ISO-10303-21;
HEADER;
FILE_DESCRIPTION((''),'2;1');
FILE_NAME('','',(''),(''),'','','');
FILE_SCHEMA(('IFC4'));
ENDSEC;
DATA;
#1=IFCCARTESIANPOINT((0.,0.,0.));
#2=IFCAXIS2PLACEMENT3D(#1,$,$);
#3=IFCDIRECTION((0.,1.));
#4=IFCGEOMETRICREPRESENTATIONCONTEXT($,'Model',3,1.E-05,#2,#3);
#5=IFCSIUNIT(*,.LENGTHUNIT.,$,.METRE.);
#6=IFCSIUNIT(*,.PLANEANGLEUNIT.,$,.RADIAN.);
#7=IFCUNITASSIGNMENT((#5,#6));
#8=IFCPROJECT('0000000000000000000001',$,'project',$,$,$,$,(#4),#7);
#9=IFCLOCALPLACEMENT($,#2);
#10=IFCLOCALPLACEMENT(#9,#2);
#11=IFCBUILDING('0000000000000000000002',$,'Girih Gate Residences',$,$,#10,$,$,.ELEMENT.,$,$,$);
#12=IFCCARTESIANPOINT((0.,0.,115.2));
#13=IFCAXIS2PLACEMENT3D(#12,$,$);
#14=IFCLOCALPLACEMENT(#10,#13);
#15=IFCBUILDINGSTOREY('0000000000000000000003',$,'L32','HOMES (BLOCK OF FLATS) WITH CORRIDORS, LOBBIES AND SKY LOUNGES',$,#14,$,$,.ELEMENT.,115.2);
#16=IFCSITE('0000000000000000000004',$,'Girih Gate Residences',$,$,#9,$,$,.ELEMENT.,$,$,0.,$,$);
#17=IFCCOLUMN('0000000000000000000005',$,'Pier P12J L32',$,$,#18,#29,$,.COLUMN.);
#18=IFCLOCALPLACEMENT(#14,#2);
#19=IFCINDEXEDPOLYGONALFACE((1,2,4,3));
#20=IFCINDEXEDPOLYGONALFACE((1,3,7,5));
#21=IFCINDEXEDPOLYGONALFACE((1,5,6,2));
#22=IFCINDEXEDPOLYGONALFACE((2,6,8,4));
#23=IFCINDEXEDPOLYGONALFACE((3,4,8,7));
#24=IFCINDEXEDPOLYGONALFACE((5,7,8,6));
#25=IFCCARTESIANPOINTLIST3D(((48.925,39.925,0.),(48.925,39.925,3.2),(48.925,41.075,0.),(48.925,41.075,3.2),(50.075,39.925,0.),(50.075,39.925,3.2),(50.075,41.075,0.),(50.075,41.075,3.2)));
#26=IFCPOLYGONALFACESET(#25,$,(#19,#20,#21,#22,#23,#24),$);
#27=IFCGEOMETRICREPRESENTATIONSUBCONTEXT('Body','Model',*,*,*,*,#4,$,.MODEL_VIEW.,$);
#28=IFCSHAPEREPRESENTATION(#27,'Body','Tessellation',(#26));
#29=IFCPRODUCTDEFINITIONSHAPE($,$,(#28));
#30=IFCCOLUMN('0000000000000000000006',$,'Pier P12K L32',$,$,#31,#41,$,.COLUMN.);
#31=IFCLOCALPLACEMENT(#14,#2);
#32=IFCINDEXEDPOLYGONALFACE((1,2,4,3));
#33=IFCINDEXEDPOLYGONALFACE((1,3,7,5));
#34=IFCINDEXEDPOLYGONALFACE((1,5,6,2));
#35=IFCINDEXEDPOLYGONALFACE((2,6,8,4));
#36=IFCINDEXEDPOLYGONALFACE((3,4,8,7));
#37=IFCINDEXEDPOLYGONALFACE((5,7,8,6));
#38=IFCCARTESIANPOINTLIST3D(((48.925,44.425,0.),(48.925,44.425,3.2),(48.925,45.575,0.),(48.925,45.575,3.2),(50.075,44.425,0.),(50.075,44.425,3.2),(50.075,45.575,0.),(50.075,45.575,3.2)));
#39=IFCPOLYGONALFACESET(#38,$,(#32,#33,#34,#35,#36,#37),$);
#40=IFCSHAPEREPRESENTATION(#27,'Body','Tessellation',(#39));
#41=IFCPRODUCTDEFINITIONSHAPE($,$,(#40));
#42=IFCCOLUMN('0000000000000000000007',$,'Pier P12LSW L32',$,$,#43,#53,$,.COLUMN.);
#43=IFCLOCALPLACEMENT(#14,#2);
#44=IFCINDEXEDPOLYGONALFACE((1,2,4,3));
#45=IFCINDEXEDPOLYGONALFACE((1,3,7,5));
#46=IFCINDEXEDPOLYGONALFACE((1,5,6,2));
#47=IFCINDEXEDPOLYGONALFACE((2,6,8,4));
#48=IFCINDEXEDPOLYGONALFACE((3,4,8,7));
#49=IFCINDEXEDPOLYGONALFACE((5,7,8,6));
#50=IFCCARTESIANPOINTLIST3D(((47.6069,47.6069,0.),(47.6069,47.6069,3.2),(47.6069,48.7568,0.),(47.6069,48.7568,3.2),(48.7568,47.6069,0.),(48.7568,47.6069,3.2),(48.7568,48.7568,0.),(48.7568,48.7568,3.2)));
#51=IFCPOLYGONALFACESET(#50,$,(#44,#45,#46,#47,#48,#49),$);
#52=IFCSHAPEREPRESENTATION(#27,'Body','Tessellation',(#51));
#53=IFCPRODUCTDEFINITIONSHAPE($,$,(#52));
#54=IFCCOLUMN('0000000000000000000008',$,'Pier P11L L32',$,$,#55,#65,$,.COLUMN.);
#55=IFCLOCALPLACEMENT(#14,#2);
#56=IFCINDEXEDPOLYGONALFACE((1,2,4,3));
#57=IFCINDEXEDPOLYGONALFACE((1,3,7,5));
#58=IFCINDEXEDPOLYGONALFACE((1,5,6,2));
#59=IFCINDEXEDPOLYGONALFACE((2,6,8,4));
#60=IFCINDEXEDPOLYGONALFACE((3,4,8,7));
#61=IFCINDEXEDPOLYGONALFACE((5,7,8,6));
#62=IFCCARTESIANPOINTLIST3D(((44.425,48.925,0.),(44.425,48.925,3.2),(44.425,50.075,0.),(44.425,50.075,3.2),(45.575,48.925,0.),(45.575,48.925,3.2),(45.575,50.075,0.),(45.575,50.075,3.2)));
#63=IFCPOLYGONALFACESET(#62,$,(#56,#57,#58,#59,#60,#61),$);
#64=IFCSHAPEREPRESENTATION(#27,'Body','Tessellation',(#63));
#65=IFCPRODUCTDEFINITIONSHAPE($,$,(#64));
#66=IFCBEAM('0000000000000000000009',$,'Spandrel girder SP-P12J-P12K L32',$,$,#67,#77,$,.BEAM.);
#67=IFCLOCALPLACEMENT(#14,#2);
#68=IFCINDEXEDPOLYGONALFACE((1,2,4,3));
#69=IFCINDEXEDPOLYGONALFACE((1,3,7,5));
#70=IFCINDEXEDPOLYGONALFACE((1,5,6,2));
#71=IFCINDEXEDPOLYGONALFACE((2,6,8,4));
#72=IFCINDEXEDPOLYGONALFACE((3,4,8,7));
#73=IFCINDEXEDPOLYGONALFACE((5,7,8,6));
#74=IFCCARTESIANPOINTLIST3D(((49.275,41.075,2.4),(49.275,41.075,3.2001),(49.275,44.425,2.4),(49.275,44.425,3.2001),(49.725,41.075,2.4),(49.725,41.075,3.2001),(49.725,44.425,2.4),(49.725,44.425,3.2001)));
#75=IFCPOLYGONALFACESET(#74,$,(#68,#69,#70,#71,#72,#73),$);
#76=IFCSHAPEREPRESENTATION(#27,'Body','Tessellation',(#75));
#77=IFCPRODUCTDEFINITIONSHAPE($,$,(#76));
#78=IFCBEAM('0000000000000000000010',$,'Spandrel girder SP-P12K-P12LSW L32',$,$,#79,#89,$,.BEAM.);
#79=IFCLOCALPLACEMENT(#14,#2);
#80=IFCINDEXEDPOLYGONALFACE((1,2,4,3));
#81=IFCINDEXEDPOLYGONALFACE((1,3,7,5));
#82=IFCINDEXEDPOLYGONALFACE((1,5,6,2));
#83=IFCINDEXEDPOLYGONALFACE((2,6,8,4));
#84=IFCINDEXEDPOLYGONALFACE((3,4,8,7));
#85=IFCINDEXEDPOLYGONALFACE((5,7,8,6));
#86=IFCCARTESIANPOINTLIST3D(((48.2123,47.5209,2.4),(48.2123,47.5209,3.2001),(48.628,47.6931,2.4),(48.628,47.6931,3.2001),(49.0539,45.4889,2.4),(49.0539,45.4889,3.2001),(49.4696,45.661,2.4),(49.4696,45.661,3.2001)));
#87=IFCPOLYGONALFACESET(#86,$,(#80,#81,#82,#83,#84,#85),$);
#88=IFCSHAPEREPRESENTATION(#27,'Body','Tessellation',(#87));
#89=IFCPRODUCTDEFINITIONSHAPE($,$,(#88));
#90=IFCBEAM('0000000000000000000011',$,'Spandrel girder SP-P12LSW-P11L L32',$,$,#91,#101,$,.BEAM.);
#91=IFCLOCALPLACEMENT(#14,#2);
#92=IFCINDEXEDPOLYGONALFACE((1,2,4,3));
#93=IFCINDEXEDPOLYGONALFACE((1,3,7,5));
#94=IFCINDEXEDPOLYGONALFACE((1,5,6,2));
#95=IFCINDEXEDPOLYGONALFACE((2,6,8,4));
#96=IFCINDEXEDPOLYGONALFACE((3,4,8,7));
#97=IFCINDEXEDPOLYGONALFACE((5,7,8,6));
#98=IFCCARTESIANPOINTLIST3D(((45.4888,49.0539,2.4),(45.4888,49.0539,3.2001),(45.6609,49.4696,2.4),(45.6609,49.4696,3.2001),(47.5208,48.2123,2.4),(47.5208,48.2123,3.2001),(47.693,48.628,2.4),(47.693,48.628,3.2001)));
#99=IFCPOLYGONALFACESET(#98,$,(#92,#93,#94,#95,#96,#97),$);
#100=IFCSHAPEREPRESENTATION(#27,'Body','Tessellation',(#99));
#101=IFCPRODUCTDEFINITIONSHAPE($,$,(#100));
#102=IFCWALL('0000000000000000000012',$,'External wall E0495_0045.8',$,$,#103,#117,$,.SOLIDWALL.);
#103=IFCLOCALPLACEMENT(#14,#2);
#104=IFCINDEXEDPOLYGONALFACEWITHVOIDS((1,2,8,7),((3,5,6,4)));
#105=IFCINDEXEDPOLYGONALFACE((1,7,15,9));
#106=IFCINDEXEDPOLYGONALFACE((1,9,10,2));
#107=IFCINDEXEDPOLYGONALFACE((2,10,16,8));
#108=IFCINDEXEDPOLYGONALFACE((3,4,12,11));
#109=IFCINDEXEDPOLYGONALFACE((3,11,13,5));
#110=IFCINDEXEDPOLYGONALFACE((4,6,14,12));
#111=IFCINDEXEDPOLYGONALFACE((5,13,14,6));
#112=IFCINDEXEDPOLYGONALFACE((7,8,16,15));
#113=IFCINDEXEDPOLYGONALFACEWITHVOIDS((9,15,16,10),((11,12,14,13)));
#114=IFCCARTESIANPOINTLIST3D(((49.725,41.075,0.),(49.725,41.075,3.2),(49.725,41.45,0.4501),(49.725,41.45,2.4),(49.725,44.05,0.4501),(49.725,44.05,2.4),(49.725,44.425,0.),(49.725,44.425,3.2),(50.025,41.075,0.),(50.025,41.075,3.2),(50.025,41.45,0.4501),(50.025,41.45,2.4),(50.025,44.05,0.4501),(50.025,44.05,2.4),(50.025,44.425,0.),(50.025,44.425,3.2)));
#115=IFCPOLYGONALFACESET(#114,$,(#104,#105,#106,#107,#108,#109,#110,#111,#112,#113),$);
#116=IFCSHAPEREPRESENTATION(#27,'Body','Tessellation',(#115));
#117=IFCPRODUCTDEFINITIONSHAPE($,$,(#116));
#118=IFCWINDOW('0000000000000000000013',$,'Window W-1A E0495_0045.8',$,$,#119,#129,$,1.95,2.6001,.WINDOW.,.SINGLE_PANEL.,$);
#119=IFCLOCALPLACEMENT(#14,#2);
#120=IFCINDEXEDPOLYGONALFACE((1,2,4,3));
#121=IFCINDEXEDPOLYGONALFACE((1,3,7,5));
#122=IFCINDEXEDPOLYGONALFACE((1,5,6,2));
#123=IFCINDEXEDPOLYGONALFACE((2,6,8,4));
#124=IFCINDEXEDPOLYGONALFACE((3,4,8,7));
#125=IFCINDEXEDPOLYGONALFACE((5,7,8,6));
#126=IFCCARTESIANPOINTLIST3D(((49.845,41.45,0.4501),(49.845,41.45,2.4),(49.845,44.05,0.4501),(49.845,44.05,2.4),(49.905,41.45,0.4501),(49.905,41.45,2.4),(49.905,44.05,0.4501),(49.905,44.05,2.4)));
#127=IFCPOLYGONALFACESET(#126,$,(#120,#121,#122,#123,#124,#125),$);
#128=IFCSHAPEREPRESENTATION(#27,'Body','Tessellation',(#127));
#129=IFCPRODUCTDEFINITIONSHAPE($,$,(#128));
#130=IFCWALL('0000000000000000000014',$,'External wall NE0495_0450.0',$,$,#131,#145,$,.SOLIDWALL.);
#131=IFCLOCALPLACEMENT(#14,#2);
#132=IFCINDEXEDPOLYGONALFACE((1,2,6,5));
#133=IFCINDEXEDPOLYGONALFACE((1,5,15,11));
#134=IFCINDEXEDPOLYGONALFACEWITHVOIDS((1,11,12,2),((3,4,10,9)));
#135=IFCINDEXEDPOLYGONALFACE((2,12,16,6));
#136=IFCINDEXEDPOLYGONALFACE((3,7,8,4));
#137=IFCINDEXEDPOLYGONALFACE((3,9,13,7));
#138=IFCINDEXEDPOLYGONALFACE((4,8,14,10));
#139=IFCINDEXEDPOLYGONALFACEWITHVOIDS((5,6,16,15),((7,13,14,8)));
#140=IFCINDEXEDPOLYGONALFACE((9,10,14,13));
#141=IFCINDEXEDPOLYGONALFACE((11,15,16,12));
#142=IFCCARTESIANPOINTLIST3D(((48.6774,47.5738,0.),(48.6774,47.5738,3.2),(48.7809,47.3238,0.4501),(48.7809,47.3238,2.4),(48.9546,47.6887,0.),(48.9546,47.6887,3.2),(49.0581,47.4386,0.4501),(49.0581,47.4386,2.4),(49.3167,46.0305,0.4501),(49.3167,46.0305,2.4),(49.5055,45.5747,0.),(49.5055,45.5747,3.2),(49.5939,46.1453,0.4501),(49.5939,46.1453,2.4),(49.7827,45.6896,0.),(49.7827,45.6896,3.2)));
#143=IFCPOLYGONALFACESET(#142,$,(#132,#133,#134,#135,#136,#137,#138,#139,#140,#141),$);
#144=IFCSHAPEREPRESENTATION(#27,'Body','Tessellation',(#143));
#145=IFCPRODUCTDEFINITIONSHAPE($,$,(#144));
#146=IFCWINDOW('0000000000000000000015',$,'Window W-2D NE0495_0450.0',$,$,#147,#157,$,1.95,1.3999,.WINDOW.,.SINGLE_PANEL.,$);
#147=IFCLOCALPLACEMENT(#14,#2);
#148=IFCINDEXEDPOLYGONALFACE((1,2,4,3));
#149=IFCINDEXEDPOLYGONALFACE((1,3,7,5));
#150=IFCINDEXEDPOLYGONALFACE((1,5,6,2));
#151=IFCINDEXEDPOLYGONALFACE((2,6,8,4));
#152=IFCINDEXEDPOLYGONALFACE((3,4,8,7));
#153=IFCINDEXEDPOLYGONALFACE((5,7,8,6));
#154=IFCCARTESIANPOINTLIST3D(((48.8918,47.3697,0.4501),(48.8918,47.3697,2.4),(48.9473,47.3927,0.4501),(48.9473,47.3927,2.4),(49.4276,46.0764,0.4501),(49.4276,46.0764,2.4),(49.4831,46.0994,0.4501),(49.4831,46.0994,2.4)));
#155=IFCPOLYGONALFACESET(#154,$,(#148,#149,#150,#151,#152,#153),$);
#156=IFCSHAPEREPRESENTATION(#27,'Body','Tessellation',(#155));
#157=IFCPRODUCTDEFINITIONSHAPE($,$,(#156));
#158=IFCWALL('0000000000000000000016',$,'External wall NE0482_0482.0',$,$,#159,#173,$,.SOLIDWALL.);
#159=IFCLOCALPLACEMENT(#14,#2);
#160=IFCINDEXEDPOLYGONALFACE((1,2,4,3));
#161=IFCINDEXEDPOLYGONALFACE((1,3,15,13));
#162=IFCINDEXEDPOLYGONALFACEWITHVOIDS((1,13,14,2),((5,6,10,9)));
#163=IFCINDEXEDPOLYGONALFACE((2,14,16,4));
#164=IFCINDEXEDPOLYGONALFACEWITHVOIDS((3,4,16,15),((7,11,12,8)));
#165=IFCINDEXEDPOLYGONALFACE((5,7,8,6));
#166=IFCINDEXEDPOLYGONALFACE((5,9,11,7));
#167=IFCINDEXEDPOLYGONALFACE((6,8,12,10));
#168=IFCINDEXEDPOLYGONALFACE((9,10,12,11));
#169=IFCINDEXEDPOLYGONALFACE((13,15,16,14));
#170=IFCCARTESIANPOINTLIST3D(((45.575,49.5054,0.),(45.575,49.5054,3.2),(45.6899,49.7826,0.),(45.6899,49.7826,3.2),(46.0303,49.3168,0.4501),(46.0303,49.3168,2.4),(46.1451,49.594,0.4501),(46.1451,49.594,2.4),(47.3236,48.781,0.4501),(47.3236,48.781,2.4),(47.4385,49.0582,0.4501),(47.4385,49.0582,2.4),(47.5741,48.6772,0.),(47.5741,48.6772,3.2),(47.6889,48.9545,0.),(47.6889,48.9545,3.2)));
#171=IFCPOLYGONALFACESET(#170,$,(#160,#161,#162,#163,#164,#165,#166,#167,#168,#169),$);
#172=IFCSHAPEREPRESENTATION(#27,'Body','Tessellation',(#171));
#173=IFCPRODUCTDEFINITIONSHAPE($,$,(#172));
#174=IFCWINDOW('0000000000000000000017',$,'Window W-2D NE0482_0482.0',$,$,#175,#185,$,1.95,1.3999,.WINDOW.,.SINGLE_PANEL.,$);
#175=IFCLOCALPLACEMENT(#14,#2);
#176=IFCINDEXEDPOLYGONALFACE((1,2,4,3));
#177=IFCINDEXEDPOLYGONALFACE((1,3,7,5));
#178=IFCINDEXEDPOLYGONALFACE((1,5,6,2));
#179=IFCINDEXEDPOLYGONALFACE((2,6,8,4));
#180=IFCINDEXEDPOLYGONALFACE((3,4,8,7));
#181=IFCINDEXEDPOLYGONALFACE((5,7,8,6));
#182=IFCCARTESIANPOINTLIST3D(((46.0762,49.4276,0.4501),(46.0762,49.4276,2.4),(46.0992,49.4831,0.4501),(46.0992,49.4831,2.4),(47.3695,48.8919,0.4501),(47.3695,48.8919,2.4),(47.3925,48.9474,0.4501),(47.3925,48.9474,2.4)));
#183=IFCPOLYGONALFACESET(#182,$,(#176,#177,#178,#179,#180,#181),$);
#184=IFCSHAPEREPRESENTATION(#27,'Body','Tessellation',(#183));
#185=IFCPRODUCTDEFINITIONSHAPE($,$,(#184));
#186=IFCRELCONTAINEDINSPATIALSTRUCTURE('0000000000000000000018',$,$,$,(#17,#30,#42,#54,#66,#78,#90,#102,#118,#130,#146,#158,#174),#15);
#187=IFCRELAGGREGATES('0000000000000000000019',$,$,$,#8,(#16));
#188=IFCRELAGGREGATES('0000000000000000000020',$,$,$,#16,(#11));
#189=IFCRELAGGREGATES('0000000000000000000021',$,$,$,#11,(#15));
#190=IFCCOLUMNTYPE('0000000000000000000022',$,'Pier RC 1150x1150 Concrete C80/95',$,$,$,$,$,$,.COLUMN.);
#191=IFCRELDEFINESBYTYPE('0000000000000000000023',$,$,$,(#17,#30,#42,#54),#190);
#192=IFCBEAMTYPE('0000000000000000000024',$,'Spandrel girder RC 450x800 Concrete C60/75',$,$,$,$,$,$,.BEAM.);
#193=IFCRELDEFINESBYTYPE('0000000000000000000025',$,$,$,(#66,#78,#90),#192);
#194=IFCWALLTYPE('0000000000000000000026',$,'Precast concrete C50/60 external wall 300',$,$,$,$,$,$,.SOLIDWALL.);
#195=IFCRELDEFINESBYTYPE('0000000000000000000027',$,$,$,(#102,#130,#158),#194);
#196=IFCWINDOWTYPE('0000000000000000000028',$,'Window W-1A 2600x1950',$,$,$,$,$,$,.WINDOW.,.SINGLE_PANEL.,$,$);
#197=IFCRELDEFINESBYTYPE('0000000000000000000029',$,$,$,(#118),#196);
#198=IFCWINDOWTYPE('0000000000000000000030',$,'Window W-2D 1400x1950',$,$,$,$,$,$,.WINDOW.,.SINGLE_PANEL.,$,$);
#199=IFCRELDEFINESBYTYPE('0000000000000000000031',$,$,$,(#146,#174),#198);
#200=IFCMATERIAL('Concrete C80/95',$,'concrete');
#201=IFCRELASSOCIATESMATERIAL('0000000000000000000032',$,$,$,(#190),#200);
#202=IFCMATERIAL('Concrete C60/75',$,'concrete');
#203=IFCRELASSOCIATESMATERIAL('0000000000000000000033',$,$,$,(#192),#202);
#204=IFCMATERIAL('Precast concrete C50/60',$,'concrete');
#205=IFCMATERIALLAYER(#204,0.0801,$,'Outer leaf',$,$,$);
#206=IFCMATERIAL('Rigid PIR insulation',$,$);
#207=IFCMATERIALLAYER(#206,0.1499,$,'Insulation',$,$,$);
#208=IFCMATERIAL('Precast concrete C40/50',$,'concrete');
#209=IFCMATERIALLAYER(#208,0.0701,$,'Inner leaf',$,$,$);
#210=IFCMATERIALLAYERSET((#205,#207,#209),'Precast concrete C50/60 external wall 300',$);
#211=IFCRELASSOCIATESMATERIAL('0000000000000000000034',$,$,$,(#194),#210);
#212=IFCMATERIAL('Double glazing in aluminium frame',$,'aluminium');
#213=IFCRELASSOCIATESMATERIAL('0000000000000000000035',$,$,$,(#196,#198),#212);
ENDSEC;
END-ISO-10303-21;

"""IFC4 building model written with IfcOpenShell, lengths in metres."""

from ifc_helpers import new_model, si_unit, direction, frame, frame_2d, origin, origin_2d, place, context, subcontext, project, spatial, rectangle, extrude, material, layer, layer_set, material_profile, profile_set, type_object, element, fill, save


model = new_model("IFC4")

# Units and contexts
model_context = context("Model", 3, precision=1e-05, world=origin(), true_north=direction((0.0, 1.0)))
body_context = subcontext(model_context, "Body", "Model", "MODEL_VIEW")
ifc_project = project(units=[si_unit("LENGTHUNIT", "METRE"), si_unit("PLANEANGLEUNIT", "RADIAN")], contexts=[model_context])

# Site, building, storey
site_placement = place(None, origin())
site = spatial("IfcSite", under=ifc_project, at=site_placement, Name="Girih Gate Residences", CompositionType="ELEMENT", RefElevation=0.0)
building_placement = place(site_placement, origin())
building = spatial("IfcBuilding", under=site, at=building_placement, Name="Girih Gate Residences", CompositionType="ELEMENT")
storey_placement = place(building_placement, frame((0.0, 0.0, 115.2)))
storey = spatial("IfcBuildingStorey", under=building, at=storey_placement, Name="L32", Description="HOMES (BLOCK OF FLATS) WITH CORRIDORS, LOBBIES AND SKY LOUNGES", CompositionType="ELEMENT", Elevation=115.2)

# Columns
ifc_material_1 = material(Name="Concrete C80/95", Category="concrete")
ifc_material_profile_1 = material_profile(ifc_material_1, rectangle(XDim=1.1499, YDim=1.1499, at=origin_2d()))
ifc_profile_set_1 = profile_set([ifc_material_profile_1], Name="Concrete C80/95")
column_type = type_object("IfcColumnType", Name="Pier RC 1150x1150 Concrete C80/95", PredefinedType="COLUMN", material=ifc_profile_set_1)
for number, where, z_axis, x_axis, name in (
    (1, (49.5, 40.5, 0.0), (0.0, 0.0, 1.0), (1.0, 0.0, 0.0), "Pier P12J L32"),
    (2, (49.5, 45.0, 0.0), (0.0, 0.0, 1.0), (1.0, 0.0, 0.0), "Pier P12K L32"),
    (3, (48.1819, 48.1819, 0.0), (0.0, 0.0, 1.0), (1.0, 0.0, 0.0), "Pier P12LSW L32"),
    (4, (45.0, 49.5, 0.0), (0.0, 0.0, 1.0), (1.0, 0.0, 0.0), "Pier P11L L32"),
):
    element("IfcColumn", number, at=place(storey_placement, frame(where, z_axis=z_axis, x_axis=x_axis)), inside=storey, type_object=column_type, Name=name, PredefinedType="COLUMN", context=body_context, shape_type="SweptSolid", body=[
        extrude(rectangle(XDim=1.1499, YDim=1.1499, at=origin_2d()), origin(), (0.0, 0.0, 1.0), 3.2),
    ])

# Beams
ifc_material_2 = material(Name="Concrete C60/75", Category="concrete")
ifc_material_profile_2 = material_profile(ifc_material_2, rectangle(XDim=0.45, YDim=0.8, at=origin_2d()))
ifc_profile_set_2 = profile_set([ifc_material_profile_2], Name="Concrete C60/75")
beam_type = type_object("IfcBeamType", Name="Spandrel girder RC 450x800 Concrete C60/75", PredefinedType="BEAM", material=ifc_profile_set_2)
beam_placement = place(storey_placement, frame((49.5, 41.075, 2.8), z_axis=(0.0, 1.0, 0.0), x_axis=(-1.0, 0.0, 0.0)))
element("IfcBeam", 5, at=beam_placement, inside=storey, type_object=beam_type, Name="Spandrel girder SP-P12J-P12K L32", PredefinedType="BEAM", context=body_context, shape_type="SweptSolid", body=[
    extrude(rectangle(XDim=0.45, YDim=0.8, at=origin_2d()), origin(), (0.0, 0.0, 1.0), 3.3501),
])
for number, where, z_axis, x_axis, name in (
    (6, (49.2617, 45.575, 2.8), (-0.382636, 0.923899, 0.0), (-0.923899, -0.382636, 0.0), "Spandrel girder SP-P12K-P12LSW L32"),
    (7, (47.6069, 48.4202, 2.8), (-0.923899, 0.382636, 0.0), (-0.382636, -0.923899, 0.0), "Spandrel girder SP-P12LSW-P11L L32"),
):
    element("IfcBeam", number, at=place(storey_placement, frame(where, z_axis=z_axis, x_axis=x_axis)), inside=storey, type_object=beam_type, Name=name, PredefinedType="BEAM", context=body_context, shape_type="SweptSolid", body=[
        extrude(rectangle(XDim=0.45, YDim=0.8, at=origin_2d()), origin(), (0.0, 0.0, 1.0), 2.1995),
    ])

# Walls, openings, windows
ifc_material_3 = material(Name="Precast concrete C50/60", Category="concrete")
ifc_layer_1 = layer(ifc_material_3, 0.0801, Name="Outer leaf")
ifc_material_4 = material(Name="Rigid PIR insulation")
ifc_layer_2 = layer(ifc_material_4, 0.1499, Name="Insulation")
ifc_material_5 = material(Name="Precast concrete C40/50", Category="concrete")
ifc_layer_3 = layer(ifc_material_5, 0.0701, Name="Inner leaf")
ifc_layer_set = layer_set([ifc_layer_1, ifc_layer_2, ifc_layer_3], Name="Precast concrete C50/60 external wall 300")
wall_type = type_object("IfcWallType", Name="Precast concrete C50/60 external wall 300", PredefinedType="SOLIDWALL", material=ifc_layer_set)
wall_1_placement = place(storey_placement, frame((49.875, 44.425, 0.0), z_axis=(0.0, 0.0, 1.0), x_axis=(0.0, -1.0, 0.0)))
wall_1 = element("IfcWall", 8, at=wall_1_placement, inside=storey, type_object=wall_type, Name="External wall E0495_0045.8", PredefinedType="SOLIDWALL", context=body_context, shape_type="SweptSolid", body=[
    extrude(rectangle(XDim=3.3501, YDim=0.3, at=frame_2d((1.675, 0.0))), origin(), (0.0, 0.0, 1.0), 3.2),
])
opening_1_placement = place(wall_1_placement, frame((0.375, 0.0, 0.45)))
opening_1 = element("IfcOpeningElement", 9, at=opening_1_placement, cuts=wall_1, PredefinedType="OPENING", context=body_context, shape_type="SweptSolid", body=[
    extrude(rectangle(XDim=2.6001, YDim=1.95, at=frame_2d((1.3, 0.9751))), frame((0.0, 0.1599, 0.0), z_axis=(0.0, -1.0, 0.0), x_axis=(1.0, 0.0, 0.0)), (0.0, 0.0, 1.0), 0.3201),
])
ifc_material_6 = material(Name="Double glazing in aluminium frame", Category="aluminium")
window_type_1 = type_object("IfcWindowType", Name="Window W-1A 2600x1950", PartitioningType="SINGLE_PANEL", PredefinedType="WINDOW", material=ifc_material_6)
window_1_placement = place(opening_1_placement, origin())
window_1 = element("IfcWindow", 10, at=window_1_placement, inside=storey, type_object=window_type_1, Name="Window W-1A E0495_0045.8", OverallHeight=1.95, OverallWidth=2.6001, PartitioningType="SINGLE_PANEL", PredefinedType="WINDOW", context=body_context, shape_type="SweptSolid", body=[
    extrude(rectangle(XDim=2.6001, YDim=1.95, at=frame_2d((1.3, 0.9751))), frame((0.0, 0.03, 0.0), z_axis=(0.0, -1.0, 0.0), x_axis=(1.0, 0.0, 0.0)), (0.0, 0.0, 1.0), 0.0601),
])
fill(opening_1, window_1)
wall_2_placement = place(storey_placement, frame((48.8159, 47.6313, 0.0), z_axis=(0.0, 0.0, 1.0), x_axis=(0.382724, -0.923863, 0.0)))
wall_2 = element("IfcWall", 11, at=wall_2_placement, inside=storey, type_object=wall_type, Name="External wall NE0495_0450.0", PredefinedType="SOLIDWALL", context=body_context, shape_type="SweptSolid", body=[
    extrude(rectangle(XDim=2.1638, YDim=0.3, at=frame_2d((1.082, 0.0))), origin(), (0.0, 0.0, 1.0), 3.2),
])
opening_2_placement = place(wall_2_placement, frame((0.2708, 0.0, 0.45)))
opening_2 = element("IfcOpeningElement", 12, at=opening_2_placement, cuts=wall_2, PredefinedType="OPENING", context=body_context, shape_type="SweptSolid", body=[
    extrude(rectangle(XDim=1.3999, YDim=1.95, at=frame_2d((0.7, 0.9751))), frame((0.0, 0.1599, 0.0), z_axis=(0.0, -1.0, 0.0), x_axis=(1.0, 0.0, 0.0)), (0.0, 0.0, 1.0), 0.3201),
])
window_type_2 = type_object("IfcWindowType", Name="Window W-2D 1400x1950", PartitioningType="SINGLE_PANEL", PredefinedType="WINDOW", material=ifc_material_6)
window_2_placement = place(opening_2_placement, origin())
window_2 = element("IfcWindow", 13, at=window_2_placement, inside=storey, type_object=window_type_2, Name="Window W-2D NE0495_0450.0", OverallHeight=1.95, OverallWidth=1.3999, PartitioningType="SINGLE_PANEL", PredefinedType="WINDOW", context=body_context, shape_type="SweptSolid", body=[
    extrude(rectangle(XDim=1.3999, YDim=1.95, at=frame_2d((0.7, 0.9751))), frame((0.0, 0.03, 0.0), z_axis=(0.0, -1.0, 0.0), x_axis=(1.0, 0.0, 0.0)), (0.0, 0.0, 1.0), 0.0601),
])
fill(opening_2, window_2)
wall_3_placement = place(storey_placement, frame((45.6323, 49.644, 0.0), z_axis=(0.0, 0.0, 1.0), x_axis=(0.923863, -0.382724, 0.0)))
wall_3 = element("IfcWall", 14, at=wall_3_placement, inside=storey, type_object=wall_type, Name="External wall NE0482_0482.0", PredefinedType="SOLIDWALL", context=body_context, shape_type="SweptSolid", body=[
    extrude(rectangle(XDim=2.1638, YDim=0.3, at=frame_2d((1.082, 0.0))), origin(), (0.0, 0.0, 1.0), 3.2),
])
opening_3_placement = place(wall_3_placement, frame((0.4929, 0.0, 0.45)))
opening_3 = element("IfcOpeningElement", 15, at=opening_3_placement, cuts=wall_3, PredefinedType="OPENING", context=body_context, shape_type="SweptSolid", body=[
    extrude(rectangle(XDim=1.3999, YDim=1.95, at=frame_2d((0.7, 0.9751))), frame((0.0, 0.1599, 0.0), z_axis=(0.0, -1.0, 0.0), x_axis=(1.0, 0.0, 0.0)), (0.0, 0.0, 1.0), 0.3201),
])
window_3_placement = place(opening_3_placement, origin())
window_3 = element("IfcWindow", 16, at=window_3_placement, inside=storey, type_object=window_type_2, Name="Window W-2D NE0482_0482.0", OverallHeight=1.95, OverallWidth=1.3999, PartitioningType="SINGLE_PANEL", PredefinedType="WINDOW", context=body_context, shape_type="SweptSolid", body=[
    extrude(rectangle(XDim=1.3999, YDim=1.95, at=frame_2d((0.7, 0.9751))), frame((0.0, 0.03, 0.0), z_axis=(0.0, -1.0, 0.0), x_axis=(1.0, 0.0, 0.0)), (0.0, 0.0, 1.0), 0.0601),
])
fill(opening_3, window_3)

save(model, "model.ifc")
